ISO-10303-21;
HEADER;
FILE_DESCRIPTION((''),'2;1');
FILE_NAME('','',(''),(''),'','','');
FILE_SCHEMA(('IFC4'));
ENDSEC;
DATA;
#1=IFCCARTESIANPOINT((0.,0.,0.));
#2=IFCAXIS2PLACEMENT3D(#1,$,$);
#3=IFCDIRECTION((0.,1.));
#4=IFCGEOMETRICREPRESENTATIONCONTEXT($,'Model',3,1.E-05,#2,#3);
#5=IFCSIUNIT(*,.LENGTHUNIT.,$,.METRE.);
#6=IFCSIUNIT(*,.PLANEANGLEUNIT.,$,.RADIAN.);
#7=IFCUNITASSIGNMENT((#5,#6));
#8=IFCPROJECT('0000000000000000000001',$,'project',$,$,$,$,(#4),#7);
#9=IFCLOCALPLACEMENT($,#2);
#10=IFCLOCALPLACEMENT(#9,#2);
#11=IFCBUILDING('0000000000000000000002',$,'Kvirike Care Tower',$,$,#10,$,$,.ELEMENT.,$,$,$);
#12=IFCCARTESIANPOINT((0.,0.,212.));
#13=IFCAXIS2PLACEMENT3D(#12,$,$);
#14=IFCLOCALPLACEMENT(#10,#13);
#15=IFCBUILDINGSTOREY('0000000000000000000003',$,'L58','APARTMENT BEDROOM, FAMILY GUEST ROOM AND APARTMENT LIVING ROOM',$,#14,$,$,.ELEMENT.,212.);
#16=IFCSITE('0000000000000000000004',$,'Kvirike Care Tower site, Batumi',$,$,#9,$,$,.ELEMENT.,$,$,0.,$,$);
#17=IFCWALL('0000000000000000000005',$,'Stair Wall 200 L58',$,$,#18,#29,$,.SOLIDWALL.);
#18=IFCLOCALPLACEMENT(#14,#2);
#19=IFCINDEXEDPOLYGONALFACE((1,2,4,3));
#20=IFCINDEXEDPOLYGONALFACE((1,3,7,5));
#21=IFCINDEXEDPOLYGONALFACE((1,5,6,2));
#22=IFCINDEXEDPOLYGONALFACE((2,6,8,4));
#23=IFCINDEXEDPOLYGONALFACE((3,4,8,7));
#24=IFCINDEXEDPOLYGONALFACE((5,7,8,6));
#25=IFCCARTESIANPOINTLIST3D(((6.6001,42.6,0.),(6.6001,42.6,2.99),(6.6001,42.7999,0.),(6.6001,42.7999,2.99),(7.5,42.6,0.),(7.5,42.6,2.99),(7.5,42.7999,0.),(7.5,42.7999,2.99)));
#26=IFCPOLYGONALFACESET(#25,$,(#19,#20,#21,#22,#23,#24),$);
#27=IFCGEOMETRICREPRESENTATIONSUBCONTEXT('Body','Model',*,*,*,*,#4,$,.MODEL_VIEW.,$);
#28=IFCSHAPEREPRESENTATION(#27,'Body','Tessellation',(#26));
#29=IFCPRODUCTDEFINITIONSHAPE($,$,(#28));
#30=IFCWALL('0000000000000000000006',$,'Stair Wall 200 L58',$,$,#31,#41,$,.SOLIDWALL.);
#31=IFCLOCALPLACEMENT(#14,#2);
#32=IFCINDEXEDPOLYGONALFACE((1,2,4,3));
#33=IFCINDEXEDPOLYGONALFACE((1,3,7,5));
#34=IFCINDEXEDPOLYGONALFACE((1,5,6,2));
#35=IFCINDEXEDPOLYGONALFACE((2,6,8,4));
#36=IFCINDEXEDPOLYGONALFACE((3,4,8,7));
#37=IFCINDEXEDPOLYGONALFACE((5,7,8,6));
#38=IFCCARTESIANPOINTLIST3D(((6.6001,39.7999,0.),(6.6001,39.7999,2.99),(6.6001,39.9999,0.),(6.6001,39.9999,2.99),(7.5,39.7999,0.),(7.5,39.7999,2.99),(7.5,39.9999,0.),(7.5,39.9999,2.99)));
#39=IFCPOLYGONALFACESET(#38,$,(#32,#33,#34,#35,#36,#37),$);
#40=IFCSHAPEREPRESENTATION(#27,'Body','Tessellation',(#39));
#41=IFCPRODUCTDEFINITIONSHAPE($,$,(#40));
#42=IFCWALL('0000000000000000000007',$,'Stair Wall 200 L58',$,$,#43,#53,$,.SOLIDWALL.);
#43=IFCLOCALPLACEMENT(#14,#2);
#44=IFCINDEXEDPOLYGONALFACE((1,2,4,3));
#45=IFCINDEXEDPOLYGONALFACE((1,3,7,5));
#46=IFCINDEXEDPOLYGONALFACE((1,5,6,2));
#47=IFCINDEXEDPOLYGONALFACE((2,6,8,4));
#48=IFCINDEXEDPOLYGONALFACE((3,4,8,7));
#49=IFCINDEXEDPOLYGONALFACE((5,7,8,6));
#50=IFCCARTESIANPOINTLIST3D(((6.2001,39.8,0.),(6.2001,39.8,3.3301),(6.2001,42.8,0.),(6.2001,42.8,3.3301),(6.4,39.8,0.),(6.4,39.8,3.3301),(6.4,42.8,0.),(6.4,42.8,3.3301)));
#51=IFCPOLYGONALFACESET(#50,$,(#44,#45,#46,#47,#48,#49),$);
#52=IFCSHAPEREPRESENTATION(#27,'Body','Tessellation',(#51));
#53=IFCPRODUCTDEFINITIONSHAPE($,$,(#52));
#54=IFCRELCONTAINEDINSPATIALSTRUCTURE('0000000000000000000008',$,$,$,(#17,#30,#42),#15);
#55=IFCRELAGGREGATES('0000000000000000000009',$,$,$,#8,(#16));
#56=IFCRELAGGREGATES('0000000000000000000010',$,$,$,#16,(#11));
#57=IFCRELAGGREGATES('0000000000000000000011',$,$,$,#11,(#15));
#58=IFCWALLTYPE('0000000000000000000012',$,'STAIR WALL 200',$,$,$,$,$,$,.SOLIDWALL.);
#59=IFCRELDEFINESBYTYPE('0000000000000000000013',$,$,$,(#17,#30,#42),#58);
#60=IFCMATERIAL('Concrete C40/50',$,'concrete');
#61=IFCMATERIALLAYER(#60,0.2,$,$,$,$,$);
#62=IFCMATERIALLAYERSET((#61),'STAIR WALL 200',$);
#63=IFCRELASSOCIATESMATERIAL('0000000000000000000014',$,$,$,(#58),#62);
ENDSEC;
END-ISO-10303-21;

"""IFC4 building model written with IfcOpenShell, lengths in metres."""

from ifc_helpers import new_model, si_unit, direction, frame, frame_2d, origin, place, context, subcontext, project, spatial, rectangle, extrude, material, layer, layer_set, type_object, element, save


model = new_model("IFC4")

# Units and contexts
model_context = context("Model", 3, precision=1e-05, world=origin(), true_north=direction((0.0, 1.0)))
body_context = subcontext(model_context, "Body", "Model", "MODEL_VIEW")
ifc_project = project(units=[si_unit("LENGTHUNIT", "METRE"), si_unit("PLANEANGLEUNIT", "RADIAN")], contexts=[model_context])

# Site, building, storey
site_placement = place(None, origin())
site = spatial("IfcSite", under=ifc_project, at=site_placement, Name="Kvirike Care Tower site, Batumi", CompositionType="ELEMENT", RefElevation=0.0)
building_placement = place(site_placement, origin())
building = spatial("IfcBuilding", under=site, at=building_placement, Name="Kvirike Care Tower", CompositionType="ELEMENT")
storey_placement = place(building_placement, frame((0.0, 0.0, 212.0)))
storey = spatial("IfcBuildingStorey", under=building, at=storey_placement, Name="L58", Description="APARTMENT BEDROOM, FAMILY GUEST ROOM AND APARTMENT LIVING ROOM", CompositionType="ELEMENT", Elevation=212.0)

# Walls
ifc_material_1 = material(Name="Concrete C40/50", Category="concrete")
ifc_layer_1 = layer(ifc_material_1, 0.2)
ifc_layer_set_1 = layer_set([ifc_layer_1], Name="STAIR WALL 200")
wall_type = type_object("IfcWallType", Name="STAIR WALL 200", PredefinedType="SOLIDWALL", material=ifc_layer_set_1)
for number, where, z_axis, x_axis, name in (
    (1, (6.6001, 42.7, 0.0), (0.0, 0.0, 1.0), (1.0, 0.0, 0.0), "Stair Wall 200 L58"),
    (2, (6.6001, 39.8999, 0.0), (0.0, 0.0, 1.0), (1.0, 0.0, 0.0), "Stair Wall 200 L58"),
):
    element("IfcWall", number, at=place(storey_placement, frame(where, z_axis=z_axis, x_axis=x_axis)), inside=storey, type_object=wall_type, Name=name, PredefinedType="SOLIDWALL", context=body_context, shape_type="SweptSolid", body=[
        extrude(rectangle(XDim=0.8999, YDim=0.2, at=frame_2d((0.45, 0.0))), origin(), (0.0, 0.0, 1.0), 2.99),
    ])
wall_placement = place(storey_placement, frame((6.3, 42.8, 0.0), z_axis=(0.0, 0.0, 1.0), x_axis=(0.0, -1.0, 0.0)))
element("IfcWall", 3, at=wall_placement, inside=storey, type_object=wall_type, Name="Stair Wall 200 L58", PredefinedType="SOLIDWALL", context=body_context, shape_type="SweptSolid", body=[
    extrude(rectangle(XDim=3.0, YDim=0.2, at=frame_2d((1.5, 0.0))), origin(), (0.0, 0.0, 1.0), 3.3301),
])

save(model, "model.ifc")
